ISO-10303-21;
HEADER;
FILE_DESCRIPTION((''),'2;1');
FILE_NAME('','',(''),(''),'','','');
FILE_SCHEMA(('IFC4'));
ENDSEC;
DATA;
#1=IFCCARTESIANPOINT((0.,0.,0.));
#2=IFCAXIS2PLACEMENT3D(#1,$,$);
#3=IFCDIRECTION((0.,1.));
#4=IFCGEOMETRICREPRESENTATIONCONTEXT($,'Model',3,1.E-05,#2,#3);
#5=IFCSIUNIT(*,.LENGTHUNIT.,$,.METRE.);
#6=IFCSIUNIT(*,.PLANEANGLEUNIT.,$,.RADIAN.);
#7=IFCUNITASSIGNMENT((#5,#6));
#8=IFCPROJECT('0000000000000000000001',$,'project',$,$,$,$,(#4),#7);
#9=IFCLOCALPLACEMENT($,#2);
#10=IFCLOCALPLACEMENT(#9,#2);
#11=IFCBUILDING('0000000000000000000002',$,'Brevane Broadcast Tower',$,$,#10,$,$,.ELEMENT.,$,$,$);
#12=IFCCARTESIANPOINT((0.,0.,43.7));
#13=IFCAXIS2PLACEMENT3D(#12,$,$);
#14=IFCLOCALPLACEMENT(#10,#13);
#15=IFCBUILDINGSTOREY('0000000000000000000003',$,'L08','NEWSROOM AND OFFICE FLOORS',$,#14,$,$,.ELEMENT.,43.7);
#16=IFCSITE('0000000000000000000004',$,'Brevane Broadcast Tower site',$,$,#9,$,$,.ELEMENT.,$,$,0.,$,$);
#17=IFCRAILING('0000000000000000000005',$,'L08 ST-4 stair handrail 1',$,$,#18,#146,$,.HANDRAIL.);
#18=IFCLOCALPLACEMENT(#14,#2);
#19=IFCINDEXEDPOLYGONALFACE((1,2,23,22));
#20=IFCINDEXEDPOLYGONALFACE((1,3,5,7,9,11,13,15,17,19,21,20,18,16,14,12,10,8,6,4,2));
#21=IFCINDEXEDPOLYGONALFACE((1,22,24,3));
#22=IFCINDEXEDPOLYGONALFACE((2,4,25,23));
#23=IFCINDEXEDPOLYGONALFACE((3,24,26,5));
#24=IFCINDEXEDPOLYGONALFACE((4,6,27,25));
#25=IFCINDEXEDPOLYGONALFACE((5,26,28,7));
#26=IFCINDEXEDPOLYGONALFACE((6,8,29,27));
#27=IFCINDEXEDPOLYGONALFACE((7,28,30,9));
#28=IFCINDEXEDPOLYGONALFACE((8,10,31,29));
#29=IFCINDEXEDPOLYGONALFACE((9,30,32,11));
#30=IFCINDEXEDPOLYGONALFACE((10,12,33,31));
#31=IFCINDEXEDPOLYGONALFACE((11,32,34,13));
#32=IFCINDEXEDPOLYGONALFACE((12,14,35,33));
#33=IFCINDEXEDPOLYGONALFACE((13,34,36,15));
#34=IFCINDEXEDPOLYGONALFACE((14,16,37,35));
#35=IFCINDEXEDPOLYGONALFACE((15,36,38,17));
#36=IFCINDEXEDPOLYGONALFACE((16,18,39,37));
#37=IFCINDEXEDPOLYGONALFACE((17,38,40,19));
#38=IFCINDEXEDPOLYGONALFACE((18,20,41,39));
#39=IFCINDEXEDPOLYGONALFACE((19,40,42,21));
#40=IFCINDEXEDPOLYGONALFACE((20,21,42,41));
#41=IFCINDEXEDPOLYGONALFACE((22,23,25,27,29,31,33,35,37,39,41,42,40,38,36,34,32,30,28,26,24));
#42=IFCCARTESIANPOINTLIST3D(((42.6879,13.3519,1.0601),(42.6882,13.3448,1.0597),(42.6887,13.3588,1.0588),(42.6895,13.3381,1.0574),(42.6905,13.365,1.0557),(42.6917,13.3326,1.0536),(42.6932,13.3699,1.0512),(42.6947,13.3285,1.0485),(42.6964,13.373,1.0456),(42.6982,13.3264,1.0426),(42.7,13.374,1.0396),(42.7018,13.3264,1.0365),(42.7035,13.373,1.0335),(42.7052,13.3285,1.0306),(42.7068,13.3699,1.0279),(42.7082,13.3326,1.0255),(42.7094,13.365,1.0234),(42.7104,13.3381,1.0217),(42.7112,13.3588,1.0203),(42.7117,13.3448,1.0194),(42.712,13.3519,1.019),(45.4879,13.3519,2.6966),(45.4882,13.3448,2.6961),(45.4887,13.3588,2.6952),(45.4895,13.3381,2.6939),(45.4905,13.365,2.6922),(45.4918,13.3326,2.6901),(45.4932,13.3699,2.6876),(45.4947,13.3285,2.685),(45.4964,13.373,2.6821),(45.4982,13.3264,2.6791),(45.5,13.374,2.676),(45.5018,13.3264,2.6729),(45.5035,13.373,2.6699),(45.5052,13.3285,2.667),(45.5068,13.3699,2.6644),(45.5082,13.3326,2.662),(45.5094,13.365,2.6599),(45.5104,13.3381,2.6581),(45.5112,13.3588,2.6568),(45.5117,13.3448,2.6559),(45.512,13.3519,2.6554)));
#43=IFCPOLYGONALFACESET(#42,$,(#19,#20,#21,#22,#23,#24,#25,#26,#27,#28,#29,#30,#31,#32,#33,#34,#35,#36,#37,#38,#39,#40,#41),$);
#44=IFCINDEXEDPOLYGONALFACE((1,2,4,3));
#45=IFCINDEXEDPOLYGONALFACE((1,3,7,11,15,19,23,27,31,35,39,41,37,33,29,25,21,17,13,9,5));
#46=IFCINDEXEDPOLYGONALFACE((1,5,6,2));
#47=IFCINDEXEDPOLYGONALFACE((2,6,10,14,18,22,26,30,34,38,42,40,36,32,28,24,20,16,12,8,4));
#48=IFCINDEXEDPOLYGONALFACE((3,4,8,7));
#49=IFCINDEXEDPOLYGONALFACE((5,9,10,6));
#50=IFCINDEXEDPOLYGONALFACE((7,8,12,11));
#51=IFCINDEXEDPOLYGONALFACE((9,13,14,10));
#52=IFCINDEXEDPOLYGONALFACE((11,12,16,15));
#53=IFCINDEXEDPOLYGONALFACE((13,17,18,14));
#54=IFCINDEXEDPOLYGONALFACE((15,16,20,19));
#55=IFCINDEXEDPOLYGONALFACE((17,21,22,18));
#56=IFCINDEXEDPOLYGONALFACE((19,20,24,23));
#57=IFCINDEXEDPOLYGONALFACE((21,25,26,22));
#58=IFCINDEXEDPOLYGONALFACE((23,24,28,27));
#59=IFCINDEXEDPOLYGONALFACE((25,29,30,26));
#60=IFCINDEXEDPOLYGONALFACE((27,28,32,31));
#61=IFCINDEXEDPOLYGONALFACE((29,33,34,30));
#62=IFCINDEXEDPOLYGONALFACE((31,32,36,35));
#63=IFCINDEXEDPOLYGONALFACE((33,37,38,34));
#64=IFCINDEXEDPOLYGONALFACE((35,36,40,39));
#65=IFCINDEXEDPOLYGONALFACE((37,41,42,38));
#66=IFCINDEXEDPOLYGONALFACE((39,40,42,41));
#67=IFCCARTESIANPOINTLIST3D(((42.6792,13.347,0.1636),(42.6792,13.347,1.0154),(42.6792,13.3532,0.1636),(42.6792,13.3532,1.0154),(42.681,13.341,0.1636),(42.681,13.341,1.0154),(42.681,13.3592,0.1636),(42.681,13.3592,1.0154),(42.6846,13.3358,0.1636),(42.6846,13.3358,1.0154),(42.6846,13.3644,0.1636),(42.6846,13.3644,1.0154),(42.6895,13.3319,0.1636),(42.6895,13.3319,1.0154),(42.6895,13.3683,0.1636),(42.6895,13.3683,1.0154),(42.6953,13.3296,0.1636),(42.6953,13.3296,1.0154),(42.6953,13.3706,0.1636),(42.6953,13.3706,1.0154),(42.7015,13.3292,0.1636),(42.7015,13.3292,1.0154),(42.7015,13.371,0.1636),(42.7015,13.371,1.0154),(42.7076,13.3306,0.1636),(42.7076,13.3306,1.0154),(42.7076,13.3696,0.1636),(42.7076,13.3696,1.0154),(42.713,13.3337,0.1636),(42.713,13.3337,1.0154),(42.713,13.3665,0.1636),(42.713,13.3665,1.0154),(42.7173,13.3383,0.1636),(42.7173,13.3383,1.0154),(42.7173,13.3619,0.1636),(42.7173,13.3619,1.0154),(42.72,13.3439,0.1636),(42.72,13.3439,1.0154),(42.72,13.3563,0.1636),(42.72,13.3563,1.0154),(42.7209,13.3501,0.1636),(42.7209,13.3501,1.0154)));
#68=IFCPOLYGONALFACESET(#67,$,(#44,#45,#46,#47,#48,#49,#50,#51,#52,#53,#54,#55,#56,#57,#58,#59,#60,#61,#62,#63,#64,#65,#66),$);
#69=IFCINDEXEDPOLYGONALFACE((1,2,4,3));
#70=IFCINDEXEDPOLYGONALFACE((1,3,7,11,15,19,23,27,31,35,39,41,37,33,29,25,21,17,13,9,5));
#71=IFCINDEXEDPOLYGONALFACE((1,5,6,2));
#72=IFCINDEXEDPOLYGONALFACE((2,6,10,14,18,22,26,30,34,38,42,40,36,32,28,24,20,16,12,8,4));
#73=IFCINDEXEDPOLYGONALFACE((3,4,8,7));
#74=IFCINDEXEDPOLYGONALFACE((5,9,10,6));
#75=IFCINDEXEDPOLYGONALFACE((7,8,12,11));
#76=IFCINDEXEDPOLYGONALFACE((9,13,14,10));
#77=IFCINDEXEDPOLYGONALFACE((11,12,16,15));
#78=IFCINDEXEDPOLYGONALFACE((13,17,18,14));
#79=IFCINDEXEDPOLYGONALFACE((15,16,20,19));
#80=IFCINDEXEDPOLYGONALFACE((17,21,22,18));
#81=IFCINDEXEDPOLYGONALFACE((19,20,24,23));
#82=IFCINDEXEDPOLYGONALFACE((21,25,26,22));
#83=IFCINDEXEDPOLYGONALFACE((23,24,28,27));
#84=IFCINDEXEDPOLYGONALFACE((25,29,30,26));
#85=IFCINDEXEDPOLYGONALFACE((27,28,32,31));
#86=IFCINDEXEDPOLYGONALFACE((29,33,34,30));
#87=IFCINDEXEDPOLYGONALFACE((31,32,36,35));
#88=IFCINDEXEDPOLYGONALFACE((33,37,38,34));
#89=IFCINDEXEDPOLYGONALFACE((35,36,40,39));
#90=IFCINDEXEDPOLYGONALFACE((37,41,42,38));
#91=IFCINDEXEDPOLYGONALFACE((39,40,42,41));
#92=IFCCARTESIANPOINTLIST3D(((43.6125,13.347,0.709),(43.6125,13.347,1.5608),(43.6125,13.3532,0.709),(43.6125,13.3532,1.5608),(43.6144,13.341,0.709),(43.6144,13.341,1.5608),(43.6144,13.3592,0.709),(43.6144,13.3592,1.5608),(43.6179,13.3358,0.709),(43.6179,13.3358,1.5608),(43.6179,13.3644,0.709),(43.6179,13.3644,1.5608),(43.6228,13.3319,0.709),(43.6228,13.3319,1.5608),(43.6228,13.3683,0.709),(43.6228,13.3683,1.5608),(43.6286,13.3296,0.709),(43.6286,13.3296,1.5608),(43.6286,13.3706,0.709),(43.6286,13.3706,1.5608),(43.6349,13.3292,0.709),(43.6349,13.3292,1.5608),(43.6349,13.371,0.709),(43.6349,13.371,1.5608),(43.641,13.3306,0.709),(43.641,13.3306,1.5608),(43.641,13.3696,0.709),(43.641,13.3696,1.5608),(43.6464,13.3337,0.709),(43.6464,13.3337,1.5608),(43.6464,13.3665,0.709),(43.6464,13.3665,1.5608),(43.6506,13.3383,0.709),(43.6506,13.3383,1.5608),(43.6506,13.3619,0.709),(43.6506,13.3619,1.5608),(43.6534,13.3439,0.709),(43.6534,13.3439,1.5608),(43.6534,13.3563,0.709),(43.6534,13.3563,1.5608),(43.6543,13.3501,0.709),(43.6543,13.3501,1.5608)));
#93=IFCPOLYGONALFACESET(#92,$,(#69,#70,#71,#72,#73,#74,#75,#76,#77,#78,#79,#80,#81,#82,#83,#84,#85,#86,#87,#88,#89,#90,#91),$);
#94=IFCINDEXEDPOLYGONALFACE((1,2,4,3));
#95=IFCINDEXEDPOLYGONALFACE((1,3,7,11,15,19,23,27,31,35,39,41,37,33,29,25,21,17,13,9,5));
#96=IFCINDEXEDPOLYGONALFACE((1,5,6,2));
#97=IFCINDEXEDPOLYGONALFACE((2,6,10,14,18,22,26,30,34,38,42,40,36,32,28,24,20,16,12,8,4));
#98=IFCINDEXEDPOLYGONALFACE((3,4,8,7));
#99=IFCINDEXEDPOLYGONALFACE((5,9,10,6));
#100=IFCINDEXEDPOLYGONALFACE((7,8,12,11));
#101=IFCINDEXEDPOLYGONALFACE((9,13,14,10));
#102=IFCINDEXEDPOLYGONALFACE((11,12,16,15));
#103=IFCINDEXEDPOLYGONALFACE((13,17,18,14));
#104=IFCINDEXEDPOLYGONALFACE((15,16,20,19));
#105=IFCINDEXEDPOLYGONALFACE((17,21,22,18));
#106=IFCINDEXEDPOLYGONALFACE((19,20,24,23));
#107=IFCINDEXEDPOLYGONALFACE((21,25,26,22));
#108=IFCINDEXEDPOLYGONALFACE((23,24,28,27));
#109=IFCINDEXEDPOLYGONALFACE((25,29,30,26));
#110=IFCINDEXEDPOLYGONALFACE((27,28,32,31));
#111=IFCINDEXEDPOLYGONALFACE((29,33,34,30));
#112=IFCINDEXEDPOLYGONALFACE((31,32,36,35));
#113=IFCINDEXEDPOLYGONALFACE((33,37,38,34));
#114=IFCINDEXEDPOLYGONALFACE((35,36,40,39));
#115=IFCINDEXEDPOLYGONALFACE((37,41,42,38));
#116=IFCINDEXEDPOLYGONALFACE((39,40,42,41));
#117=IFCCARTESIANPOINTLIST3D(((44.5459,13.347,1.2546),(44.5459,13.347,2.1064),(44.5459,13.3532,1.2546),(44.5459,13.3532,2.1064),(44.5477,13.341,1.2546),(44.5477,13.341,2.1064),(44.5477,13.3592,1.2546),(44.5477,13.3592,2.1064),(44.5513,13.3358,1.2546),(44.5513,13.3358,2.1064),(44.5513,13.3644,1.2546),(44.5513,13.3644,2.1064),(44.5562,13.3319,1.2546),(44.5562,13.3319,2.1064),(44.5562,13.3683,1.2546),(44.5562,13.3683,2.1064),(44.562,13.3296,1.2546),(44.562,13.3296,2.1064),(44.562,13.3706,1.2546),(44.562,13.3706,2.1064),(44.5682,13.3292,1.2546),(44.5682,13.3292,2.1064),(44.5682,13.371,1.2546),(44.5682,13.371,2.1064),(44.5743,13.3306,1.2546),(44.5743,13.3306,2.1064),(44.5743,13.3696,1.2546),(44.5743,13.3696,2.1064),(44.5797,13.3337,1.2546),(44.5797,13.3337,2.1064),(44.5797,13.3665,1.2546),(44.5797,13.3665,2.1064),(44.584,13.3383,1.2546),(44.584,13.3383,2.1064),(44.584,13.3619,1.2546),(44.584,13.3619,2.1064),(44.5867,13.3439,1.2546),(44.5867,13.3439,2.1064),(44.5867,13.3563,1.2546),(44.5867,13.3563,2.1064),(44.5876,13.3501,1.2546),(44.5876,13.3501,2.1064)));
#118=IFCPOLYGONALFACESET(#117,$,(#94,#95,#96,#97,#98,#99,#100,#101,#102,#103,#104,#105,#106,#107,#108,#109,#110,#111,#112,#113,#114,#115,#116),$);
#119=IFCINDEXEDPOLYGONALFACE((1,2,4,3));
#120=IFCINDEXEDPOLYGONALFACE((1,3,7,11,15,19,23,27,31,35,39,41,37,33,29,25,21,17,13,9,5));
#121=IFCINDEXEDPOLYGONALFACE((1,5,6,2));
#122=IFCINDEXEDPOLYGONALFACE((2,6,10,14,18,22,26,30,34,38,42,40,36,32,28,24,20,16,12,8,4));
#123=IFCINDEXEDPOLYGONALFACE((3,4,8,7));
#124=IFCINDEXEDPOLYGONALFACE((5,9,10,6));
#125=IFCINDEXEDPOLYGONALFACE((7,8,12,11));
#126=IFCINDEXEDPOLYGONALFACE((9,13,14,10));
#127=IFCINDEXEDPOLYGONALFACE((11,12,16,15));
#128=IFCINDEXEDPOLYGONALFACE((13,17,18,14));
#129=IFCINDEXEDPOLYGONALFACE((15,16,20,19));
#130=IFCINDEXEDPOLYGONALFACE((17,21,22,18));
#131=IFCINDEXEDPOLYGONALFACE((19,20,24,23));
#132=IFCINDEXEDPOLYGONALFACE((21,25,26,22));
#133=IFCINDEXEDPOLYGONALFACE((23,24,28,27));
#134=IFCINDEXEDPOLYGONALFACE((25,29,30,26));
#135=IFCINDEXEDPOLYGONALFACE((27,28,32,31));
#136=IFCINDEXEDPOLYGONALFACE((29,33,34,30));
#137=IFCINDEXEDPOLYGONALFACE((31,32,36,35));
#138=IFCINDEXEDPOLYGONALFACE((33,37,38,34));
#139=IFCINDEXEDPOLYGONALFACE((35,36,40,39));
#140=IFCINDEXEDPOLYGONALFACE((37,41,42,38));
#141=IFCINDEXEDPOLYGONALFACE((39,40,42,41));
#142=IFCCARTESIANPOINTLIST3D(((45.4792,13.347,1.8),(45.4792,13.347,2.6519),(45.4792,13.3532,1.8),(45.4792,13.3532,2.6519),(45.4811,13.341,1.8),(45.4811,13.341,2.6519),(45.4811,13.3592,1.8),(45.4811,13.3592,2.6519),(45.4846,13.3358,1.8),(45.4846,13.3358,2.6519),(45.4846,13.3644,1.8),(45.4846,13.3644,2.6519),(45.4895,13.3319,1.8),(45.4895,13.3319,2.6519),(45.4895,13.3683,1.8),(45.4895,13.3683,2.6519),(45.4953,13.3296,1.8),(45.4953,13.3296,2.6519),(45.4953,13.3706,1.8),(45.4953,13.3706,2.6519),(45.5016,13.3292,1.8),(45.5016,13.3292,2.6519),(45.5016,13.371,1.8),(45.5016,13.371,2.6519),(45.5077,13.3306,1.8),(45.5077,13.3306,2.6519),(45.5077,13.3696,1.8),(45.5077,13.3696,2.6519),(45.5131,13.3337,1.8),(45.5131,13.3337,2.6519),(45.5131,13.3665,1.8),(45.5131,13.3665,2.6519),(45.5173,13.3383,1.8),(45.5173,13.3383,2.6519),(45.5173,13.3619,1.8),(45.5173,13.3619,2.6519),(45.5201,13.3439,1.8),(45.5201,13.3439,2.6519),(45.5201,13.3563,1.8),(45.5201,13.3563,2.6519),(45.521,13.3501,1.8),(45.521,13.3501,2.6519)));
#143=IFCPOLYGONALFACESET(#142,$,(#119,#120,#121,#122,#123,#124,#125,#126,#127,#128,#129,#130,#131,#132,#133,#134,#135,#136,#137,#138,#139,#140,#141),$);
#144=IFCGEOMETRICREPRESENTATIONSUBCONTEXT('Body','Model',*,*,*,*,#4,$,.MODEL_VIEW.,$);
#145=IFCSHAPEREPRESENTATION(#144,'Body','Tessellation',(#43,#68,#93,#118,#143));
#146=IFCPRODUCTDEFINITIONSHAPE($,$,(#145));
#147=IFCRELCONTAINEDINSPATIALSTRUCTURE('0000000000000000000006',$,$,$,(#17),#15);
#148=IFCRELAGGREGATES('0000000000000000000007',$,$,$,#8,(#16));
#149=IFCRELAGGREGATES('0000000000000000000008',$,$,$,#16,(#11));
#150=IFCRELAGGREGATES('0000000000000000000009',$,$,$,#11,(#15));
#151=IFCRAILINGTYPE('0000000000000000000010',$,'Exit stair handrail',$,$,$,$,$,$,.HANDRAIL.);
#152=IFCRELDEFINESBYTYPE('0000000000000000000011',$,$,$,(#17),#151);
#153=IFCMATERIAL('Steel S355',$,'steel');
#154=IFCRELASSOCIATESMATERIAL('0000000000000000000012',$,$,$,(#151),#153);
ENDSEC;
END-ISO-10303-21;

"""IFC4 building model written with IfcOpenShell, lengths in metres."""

from ifc_helpers import new_model, si_unit, direction, frame, origin, origin_2d, place, context, subcontext, project, spatial, circle, extrude, material, type_object, element, save


model = new_model("IFC4")

# Units and contexts
model_context = context("Model", 3, precision=1e-05, world=origin(), true_north=direction((0.0, 1.0)))
body_context = subcontext(model_context, "Body", "Model", "MODEL_VIEW")
ifc_project = project(units=[si_unit("LENGTHUNIT", "METRE"), si_unit("PLANEANGLEUNIT", "RADIAN")], contexts=[model_context])

# Site, building, storey
site_placement = place(None, origin())
site = spatial("IfcSite", under=ifc_project, at=site_placement, Name="Brevane Broadcast Tower site", CompositionType="ELEMENT", RefElevation=0.0)
building_placement = place(site_placement, origin())
building = spatial("IfcBuilding", under=site, at=building_placement, Name="Brevane Broadcast Tower", CompositionType="ELEMENT")
storey_placement = place(building_placement, frame((0.0, 0.0, 43.7)))
storey = spatial("IfcBuildingStorey", under=building, at=storey_placement, Name="L08", Description="NEWSROOM AND OFFICE FLOORS", CompositionType="ELEMENT", Elevation=43.7)

# Railing
ifc_material_1 = material(Name="Steel S355", Category="steel")
railing_type_1 = type_object("IfcRailingType", Name="Exit stair handrail", PredefinedType="HANDRAIL", material=ifc_material_1)
railing_1_placement = place(storey_placement, frame((42.7, 13.3501, 0.1636)))
element("IfcRailing", 1, at=railing_1_placement, inside=storey, type_object=railing_type_1, Name="L08 ST-4 stair handrail 1", PredefinedType="HANDRAIL", context=body_context, shape_type="SweptSolid", body=[
    extrude(circle(Radius=0.0239, at=origin_2d()), frame((0.0, 0.0, 0.876), z_axis=(0.863361, 0.0, 0.504587), x_axis=(0.0, 1.0, 0.0)), (0.0, 0.0, 1.0), 3.2432),
    extrude(circle(Radius=0.021, at=origin_2d()), origin(), (0.0, 0.0, 1.0), 0.8518),
    extrude(circle(Radius=0.021, at=origin_2d()), frame((0.9333, 0.0, 0.5454)), (0.0, 0.0, 1.0), 0.8518),
    extrude(circle(Radius=0.021, at=origin_2d()), frame((1.8667, 0.0, 1.0911)), (0.0, 0.0, 1.0), 0.8518),
    extrude(circle(Radius=0.021, at=origin_2d()), frame((2.8, 0.0, 1.6365)), (0.0, 0.0, 1.0), 0.8518),
])

save(model, "model.ifc")
